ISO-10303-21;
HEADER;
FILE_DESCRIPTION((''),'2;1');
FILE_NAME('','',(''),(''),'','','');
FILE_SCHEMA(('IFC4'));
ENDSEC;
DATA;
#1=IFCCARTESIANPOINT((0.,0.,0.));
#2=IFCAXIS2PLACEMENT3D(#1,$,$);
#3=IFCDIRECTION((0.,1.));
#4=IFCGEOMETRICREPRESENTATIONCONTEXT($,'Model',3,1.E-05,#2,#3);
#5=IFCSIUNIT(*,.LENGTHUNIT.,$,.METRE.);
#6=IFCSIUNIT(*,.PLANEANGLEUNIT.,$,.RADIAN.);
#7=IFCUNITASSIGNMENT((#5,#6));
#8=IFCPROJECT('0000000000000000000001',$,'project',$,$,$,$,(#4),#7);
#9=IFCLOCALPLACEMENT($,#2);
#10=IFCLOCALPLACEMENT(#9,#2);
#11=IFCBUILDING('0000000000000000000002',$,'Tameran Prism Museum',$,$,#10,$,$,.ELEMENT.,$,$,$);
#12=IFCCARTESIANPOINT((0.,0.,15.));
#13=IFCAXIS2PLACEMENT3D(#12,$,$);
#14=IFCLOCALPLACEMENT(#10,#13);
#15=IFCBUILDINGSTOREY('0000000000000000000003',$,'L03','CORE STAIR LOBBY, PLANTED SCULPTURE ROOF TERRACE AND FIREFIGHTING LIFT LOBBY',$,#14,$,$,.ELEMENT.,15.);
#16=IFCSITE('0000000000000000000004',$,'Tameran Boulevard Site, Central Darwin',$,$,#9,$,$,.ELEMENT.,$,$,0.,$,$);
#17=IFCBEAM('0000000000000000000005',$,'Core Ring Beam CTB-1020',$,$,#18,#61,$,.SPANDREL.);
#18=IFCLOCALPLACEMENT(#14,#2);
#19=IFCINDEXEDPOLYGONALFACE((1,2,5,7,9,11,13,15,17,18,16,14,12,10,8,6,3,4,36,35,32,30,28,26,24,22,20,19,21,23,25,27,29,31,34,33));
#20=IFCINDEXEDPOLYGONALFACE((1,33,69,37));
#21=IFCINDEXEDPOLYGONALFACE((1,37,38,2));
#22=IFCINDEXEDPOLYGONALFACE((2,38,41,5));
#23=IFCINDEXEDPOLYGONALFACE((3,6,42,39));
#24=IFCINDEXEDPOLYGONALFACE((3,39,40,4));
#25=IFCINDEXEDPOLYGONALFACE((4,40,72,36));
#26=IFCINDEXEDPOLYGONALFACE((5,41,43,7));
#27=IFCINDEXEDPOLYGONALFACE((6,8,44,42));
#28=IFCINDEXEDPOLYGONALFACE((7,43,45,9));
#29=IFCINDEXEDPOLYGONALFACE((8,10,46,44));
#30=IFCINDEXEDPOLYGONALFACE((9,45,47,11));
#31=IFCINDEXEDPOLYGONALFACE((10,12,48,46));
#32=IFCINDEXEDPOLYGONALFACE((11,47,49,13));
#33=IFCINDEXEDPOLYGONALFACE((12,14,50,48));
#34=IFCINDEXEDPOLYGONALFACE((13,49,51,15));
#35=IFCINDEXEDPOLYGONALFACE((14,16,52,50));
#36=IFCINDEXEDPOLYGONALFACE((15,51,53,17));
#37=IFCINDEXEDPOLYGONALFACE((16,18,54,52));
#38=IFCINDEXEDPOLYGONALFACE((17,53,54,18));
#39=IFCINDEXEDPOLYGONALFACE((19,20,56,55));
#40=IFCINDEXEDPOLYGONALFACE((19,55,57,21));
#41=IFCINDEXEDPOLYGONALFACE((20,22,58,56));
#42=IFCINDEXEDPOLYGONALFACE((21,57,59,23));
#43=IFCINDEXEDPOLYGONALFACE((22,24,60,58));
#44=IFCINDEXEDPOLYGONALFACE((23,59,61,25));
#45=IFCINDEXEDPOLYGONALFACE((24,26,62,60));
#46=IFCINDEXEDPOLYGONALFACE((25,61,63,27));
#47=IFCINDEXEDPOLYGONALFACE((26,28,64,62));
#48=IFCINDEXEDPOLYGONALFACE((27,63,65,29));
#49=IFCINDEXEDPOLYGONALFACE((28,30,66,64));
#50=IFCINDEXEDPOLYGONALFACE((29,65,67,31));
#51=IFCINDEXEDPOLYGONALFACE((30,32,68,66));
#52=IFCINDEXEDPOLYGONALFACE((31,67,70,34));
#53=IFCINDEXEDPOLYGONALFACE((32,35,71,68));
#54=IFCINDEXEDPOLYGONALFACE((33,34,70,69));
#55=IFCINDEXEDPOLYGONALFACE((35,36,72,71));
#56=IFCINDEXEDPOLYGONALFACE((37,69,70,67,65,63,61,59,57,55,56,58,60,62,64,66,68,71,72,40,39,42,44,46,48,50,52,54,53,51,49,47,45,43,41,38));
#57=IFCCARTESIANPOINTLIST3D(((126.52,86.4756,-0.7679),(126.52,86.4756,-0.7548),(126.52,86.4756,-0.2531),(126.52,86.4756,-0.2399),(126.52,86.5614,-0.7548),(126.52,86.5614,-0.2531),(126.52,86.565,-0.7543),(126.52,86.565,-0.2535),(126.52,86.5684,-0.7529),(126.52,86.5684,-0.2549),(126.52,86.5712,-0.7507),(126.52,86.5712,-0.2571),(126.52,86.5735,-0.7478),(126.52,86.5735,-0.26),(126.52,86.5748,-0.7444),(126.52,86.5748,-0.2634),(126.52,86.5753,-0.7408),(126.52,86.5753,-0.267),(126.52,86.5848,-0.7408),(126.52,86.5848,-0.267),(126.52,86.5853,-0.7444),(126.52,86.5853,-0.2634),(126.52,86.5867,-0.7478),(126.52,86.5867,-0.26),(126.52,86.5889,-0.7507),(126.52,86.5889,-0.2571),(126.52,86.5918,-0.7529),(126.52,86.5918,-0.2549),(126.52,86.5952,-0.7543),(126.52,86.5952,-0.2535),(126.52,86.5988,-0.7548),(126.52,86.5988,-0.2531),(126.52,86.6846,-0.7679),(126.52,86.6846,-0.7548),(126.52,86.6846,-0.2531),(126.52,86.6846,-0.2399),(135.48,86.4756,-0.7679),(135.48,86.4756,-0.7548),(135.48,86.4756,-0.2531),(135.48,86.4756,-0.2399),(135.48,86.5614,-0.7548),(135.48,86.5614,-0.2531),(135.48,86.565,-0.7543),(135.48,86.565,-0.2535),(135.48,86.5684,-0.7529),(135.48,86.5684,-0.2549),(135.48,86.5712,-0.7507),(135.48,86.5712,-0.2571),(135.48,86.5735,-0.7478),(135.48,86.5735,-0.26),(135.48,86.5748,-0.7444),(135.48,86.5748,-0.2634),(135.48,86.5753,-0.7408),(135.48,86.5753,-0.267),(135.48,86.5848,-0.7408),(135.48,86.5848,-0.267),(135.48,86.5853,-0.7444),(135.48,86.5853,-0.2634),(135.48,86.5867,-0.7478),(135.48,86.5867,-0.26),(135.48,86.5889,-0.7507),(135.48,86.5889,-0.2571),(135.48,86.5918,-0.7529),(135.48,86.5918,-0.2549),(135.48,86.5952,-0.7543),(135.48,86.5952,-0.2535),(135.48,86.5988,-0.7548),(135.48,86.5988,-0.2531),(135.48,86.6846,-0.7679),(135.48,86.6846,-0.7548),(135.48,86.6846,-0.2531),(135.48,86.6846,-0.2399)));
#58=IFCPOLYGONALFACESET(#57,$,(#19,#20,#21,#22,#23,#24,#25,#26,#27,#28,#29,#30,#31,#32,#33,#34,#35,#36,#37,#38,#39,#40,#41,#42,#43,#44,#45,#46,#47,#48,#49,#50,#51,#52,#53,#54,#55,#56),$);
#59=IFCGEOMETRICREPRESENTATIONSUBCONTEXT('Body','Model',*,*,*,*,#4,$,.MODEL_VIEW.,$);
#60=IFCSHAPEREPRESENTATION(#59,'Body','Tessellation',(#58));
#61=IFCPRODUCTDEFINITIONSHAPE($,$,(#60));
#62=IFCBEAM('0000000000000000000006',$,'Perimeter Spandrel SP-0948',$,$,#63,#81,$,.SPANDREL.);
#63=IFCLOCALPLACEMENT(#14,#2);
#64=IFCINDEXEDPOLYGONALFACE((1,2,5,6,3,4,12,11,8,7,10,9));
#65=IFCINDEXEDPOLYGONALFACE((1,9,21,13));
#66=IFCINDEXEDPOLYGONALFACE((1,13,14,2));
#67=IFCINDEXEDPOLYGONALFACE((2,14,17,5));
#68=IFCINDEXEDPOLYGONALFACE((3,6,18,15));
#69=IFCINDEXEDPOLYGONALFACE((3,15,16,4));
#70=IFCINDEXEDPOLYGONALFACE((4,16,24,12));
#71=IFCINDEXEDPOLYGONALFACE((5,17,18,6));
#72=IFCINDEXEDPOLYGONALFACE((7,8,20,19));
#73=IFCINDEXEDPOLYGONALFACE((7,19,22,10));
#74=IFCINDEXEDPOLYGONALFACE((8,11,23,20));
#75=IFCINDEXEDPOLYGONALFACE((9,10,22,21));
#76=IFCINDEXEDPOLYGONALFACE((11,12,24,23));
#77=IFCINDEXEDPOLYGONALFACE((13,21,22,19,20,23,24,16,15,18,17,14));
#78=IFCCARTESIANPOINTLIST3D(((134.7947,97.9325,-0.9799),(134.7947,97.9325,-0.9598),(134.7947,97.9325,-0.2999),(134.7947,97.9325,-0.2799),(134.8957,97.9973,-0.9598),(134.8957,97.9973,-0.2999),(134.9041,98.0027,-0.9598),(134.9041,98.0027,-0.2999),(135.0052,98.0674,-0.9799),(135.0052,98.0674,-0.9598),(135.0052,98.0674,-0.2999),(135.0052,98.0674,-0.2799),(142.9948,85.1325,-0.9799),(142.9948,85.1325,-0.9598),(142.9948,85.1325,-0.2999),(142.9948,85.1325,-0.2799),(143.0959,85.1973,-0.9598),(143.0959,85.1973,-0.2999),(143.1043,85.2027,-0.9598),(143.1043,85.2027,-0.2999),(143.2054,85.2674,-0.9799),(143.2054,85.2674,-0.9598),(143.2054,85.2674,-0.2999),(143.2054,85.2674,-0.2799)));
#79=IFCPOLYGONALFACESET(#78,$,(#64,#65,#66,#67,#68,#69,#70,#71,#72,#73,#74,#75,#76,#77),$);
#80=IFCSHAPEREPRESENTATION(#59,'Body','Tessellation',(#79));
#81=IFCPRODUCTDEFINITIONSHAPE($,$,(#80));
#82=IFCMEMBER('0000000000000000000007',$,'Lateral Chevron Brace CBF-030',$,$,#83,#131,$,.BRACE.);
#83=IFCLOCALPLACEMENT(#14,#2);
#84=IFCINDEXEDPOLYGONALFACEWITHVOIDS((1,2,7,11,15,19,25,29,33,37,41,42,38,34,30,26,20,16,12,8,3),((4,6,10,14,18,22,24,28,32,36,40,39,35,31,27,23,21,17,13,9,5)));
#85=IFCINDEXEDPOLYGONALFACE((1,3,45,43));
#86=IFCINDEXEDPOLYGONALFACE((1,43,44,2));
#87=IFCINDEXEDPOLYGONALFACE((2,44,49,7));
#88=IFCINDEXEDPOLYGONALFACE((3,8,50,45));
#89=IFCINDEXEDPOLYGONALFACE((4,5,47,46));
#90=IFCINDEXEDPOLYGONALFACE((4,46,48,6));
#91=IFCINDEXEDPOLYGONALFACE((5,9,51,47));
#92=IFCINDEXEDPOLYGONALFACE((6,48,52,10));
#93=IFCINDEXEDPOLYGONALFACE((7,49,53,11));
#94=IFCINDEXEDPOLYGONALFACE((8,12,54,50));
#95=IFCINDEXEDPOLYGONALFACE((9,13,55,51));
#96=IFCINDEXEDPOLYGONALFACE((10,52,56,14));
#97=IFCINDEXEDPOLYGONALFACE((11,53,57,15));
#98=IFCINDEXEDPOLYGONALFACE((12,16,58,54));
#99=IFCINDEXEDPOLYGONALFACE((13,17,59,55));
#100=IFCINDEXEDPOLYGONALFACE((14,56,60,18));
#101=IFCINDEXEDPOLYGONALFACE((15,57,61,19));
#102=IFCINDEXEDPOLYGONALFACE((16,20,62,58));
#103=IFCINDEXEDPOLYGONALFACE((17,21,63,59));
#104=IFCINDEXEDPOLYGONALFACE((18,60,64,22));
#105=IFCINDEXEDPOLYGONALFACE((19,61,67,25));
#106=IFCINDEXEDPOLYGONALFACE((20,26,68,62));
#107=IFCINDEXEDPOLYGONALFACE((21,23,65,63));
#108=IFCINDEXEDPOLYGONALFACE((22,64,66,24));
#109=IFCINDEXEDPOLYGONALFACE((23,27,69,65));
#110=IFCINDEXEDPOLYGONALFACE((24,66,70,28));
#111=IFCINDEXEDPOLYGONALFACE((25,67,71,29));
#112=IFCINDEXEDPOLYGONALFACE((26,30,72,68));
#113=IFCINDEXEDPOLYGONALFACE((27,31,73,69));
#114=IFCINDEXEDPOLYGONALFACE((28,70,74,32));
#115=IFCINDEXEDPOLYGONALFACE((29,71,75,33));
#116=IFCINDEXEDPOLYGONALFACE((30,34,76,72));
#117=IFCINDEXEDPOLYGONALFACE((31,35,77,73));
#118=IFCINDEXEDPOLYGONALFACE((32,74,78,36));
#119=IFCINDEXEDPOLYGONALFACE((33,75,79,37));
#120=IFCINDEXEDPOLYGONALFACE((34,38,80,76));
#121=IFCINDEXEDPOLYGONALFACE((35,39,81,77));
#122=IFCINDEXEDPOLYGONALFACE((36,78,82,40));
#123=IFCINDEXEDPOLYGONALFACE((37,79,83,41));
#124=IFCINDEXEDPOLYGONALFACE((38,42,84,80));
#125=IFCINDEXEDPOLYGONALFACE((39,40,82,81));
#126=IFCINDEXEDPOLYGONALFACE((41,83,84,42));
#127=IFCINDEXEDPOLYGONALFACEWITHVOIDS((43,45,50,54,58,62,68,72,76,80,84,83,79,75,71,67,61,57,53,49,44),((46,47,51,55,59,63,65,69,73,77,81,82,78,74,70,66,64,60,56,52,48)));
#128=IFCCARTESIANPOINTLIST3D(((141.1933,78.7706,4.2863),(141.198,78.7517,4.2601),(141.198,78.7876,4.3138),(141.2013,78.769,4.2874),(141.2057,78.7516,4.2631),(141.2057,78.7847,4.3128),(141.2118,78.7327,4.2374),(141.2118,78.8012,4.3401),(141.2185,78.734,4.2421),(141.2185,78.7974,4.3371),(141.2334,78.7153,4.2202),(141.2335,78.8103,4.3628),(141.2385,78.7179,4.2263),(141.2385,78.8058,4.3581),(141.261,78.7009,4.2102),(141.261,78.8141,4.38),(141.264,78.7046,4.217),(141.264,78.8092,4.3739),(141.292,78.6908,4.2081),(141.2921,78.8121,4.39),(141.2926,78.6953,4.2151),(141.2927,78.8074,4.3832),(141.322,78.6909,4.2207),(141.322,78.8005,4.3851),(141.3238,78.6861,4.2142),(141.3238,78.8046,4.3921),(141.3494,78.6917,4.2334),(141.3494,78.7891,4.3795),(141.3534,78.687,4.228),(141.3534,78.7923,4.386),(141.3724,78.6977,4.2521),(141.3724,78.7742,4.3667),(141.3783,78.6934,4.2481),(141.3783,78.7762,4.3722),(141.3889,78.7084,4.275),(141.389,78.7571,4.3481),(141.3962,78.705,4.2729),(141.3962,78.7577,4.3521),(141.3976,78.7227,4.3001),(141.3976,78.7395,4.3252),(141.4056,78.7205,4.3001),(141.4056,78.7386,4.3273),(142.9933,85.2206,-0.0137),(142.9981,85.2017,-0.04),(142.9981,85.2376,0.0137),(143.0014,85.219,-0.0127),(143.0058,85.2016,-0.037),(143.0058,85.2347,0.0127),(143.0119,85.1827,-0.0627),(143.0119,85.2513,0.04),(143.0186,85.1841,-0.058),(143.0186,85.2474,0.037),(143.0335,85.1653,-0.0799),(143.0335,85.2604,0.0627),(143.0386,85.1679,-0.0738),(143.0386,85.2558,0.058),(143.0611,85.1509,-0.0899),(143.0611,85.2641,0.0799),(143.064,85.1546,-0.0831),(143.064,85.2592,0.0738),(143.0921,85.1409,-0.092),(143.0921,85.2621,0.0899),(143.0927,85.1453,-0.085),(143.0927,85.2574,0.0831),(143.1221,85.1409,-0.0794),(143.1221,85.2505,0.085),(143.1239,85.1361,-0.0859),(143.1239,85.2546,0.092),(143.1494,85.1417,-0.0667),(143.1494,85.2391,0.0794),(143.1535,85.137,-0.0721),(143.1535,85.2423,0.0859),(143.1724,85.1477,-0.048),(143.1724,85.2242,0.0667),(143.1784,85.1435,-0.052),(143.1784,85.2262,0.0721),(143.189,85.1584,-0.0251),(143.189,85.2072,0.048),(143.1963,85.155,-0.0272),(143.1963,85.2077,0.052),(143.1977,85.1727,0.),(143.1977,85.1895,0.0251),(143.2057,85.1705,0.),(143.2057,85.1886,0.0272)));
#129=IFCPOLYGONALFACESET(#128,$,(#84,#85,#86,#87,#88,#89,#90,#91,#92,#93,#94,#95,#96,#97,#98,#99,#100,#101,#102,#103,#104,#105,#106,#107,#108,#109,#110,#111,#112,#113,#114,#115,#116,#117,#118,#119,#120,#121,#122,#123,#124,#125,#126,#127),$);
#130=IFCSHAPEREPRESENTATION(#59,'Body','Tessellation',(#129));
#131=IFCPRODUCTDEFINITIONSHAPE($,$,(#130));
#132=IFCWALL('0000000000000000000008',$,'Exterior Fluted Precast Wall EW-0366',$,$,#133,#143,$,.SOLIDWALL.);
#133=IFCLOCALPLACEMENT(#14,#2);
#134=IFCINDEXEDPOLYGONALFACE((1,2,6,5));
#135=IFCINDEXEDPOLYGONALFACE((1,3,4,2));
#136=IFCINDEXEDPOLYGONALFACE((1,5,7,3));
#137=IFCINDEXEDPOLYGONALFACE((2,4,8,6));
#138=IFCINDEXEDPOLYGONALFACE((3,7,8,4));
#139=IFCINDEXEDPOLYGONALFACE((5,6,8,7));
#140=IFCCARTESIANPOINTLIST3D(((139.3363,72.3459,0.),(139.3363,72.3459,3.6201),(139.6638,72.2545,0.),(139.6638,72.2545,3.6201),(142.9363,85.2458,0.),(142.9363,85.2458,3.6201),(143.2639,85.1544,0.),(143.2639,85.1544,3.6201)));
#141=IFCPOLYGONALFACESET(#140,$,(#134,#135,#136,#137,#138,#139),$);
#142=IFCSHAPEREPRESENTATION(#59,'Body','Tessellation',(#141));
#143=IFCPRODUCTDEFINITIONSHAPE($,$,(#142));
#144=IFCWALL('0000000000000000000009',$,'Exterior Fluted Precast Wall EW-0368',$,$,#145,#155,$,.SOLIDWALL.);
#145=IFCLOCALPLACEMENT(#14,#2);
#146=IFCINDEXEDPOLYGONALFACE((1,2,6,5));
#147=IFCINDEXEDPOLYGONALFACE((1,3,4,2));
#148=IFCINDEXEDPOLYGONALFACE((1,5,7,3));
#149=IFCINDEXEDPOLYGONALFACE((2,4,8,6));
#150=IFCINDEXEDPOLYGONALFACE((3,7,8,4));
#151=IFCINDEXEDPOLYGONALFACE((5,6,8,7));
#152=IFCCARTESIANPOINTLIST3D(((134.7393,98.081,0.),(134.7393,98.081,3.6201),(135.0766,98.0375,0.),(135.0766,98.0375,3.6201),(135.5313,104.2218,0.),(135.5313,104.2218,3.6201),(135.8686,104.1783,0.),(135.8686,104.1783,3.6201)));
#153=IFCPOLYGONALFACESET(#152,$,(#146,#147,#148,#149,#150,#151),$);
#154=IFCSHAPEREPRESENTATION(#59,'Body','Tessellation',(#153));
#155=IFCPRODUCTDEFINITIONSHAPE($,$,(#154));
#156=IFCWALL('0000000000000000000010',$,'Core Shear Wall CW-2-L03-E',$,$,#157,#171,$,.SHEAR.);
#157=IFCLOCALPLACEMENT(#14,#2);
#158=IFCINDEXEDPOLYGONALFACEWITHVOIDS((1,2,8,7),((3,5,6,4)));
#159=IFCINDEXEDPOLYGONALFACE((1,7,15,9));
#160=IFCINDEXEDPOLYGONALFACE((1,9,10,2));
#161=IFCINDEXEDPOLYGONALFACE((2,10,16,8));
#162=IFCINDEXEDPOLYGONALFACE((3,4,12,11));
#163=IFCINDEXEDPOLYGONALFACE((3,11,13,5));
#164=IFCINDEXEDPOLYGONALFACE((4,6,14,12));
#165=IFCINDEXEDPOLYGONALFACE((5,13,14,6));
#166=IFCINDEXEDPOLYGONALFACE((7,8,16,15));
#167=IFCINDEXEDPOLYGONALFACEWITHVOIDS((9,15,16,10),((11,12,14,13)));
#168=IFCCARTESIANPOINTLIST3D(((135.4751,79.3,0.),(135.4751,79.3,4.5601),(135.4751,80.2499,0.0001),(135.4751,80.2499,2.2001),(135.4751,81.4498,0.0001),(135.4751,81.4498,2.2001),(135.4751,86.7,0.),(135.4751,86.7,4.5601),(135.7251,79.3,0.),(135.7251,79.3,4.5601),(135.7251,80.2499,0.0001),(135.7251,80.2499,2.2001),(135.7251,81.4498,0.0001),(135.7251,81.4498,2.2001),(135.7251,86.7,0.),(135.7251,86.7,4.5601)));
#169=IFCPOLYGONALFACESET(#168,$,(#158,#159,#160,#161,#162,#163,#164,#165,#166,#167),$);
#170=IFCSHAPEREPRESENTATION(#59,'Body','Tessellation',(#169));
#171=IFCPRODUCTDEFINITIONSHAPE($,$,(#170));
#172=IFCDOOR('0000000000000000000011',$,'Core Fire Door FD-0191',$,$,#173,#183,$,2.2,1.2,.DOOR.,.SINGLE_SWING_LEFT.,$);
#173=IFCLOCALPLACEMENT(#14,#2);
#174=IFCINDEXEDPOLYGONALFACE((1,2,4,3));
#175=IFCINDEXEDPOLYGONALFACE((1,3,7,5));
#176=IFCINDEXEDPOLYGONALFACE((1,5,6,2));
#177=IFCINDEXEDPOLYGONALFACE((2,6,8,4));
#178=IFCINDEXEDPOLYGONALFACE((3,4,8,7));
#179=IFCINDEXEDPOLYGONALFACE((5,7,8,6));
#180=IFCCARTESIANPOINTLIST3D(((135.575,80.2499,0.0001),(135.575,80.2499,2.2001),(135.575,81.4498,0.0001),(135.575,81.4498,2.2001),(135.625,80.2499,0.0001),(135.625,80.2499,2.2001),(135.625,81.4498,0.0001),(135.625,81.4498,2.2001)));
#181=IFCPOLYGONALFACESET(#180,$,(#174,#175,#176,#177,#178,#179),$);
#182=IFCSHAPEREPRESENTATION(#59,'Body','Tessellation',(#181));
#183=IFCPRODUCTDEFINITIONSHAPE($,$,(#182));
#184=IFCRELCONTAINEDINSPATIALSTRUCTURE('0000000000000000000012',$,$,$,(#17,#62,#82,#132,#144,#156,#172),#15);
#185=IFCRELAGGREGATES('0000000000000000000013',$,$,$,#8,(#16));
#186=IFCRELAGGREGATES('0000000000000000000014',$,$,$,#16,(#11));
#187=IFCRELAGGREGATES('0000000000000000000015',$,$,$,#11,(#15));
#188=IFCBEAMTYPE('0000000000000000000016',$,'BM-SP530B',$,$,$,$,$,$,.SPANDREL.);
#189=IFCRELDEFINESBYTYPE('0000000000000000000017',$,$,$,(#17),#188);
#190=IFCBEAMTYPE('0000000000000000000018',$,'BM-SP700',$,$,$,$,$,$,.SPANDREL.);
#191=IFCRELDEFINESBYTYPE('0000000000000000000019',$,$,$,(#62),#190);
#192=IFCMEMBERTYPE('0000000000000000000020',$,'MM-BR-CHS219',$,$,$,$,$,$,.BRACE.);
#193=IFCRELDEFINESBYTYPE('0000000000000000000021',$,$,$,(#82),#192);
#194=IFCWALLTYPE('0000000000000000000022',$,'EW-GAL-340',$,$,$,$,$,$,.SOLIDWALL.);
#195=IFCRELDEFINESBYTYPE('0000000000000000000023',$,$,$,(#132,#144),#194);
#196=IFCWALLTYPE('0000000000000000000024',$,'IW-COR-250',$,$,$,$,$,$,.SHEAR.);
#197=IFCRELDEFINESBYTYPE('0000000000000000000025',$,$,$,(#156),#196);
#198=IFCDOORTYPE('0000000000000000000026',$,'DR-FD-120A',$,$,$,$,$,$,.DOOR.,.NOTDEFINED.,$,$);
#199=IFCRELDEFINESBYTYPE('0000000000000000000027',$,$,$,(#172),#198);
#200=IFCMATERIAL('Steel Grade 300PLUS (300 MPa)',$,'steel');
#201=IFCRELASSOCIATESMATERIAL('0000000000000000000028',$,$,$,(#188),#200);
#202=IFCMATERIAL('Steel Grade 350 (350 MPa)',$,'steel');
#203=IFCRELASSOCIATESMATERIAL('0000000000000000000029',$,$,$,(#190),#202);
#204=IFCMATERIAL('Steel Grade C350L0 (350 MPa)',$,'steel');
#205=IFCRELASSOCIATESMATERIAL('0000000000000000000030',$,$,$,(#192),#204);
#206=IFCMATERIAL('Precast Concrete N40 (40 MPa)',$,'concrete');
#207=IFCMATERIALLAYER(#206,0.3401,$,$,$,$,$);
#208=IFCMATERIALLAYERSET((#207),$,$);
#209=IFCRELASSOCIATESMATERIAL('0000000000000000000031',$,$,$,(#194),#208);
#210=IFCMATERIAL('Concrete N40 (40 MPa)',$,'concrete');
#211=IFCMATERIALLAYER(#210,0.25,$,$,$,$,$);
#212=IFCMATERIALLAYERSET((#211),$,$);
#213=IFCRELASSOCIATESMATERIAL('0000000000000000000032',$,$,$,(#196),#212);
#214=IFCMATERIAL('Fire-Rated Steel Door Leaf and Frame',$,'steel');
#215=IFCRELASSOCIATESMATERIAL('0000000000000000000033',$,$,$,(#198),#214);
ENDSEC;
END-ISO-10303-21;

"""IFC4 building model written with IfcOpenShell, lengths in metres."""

from ifc_helpers import new_model, si_unit, direction, frame, frame_2d, origin, origin_2d, place, context, subcontext, project, spatial, rectangle, hollow_circle, i_section, extrude, material, layer, layer_set, material_profile, profile_set, type_object, element, fill, save


model = new_model("IFC4")

# Units and contexts
model_context = context("Model", 3, precision=1e-05, world=origin(), true_north=direction((0.0, 1.0)))
body_context = subcontext(model_context, "Body", "Model", "MODEL_VIEW")
ifc_project = project(units=[si_unit("LENGTHUNIT", "METRE"), si_unit("PLANEANGLEUNIT", "RADIAN")], contexts=[model_context])

# Site, building, storey
site_placement = place(None, origin())
site = spatial("IfcSite", under=ifc_project, at=site_placement, Name="Tameran Boulevard Site, Central Darwin", CompositionType="ELEMENT", RefElevation=0.0)
building_placement = place(site_placement, origin())
building = spatial("IfcBuilding", under=site, at=building_placement, Name="Tameran Prism Museum", CompositionType="ELEMENT")
storey_placement = place(building_placement, frame((0.0, 0.0, 15.0)))
storey = spatial("IfcBuildingStorey", under=building, at=storey_placement, Name="L03", Description="CORE STAIR LOBBY, PLANTED SCULPTURE ROOF TERRACE AND FIREFIGHTING LIFT LOBBY", CompositionType="ELEMENT", Elevation=15.0)

# Beams
ifc_material_1 = material(Name="Steel Grade 300PLUS (300 MPa)", Category="steel")
ifc_material_profile_1 = material_profile(ifc_material_1, i_section(OverallWidth=0.209, OverallDepth=0.5281, WebThickness=0.0095, FlangeThickness=0.0132, FilletRadius=0.0139, at=origin_2d()))
ifc_profile_set_1 = profile_set([ifc_material_profile_1])
beam_type_1 = type_object("IfcBeamType", Name="BM-SP530B", PredefinedType="SPANDREL", material=ifc_profile_set_1)
beam_1_placement = place(storey_placement, frame((135.48, 86.5801, -0.5039), z_axis=(-1.0, 0.0, 0.0), x_axis=(0.0, -1.0, 0.0)))
element("IfcBeam", 1, at=beam_1_placement, inside=storey, type_object=beam_type_1, Name="Core Ring Beam CTB-1020", PredefinedType="SPANDREL", context=body_context, shape_type="SweptSolid", body=[
    extrude(i_section(OverallWidth=0.209, OverallDepth=0.5281, WebThickness=0.0095, FlangeThickness=0.0132, FilletRadius=0.0139, at=origin_2d()), origin(), (0.0, 0.0, 1.0), 8.96),
])
ifc_material_2 = material(Name="Steel Grade 350 (350 MPa)", Category="steel")
ifc_material_profile_2 = material_profile(ifc_material_2, i_section(OverallWidth=0.25, OverallDepth=0.7, WebThickness=0.01, FlangeThickness=0.02, at=origin_2d()))
ifc_profile_set_2 = profile_set([ifc_material_profile_2])
beam_type_2 = type_object("IfcBeamType", Name="BM-SP700", PredefinedType="SPANDREL", material=ifc_profile_set_2)
beam_2_placement = place(storey_placement, frame((143.1001, 85.2, -0.6299), z_axis=(-0.539435, 0.842027, 0.0), x_axis=(-0.842027, -0.539435, 0.0)))
element("IfcBeam", 2, at=beam_2_placement, inside=storey, type_object=beam_type_2, Name="Perimeter Spandrel SP-0948", PredefinedType="SPANDREL", context=body_context, shape_type="SweptSolid", body=[
    extrude(i_section(OverallWidth=0.25, OverallDepth=0.7, WebThickness=0.01, FlangeThickness=0.02, at=origin_2d()), origin(), (0.0, 0.0, 1.0), 15.2014),
])

# Member
ifc_material_3 = material(Name="Steel Grade C350L0 (350 MPa)", Category="steel")
ifc_material_profile_3 = material_profile(ifc_material_3, hollow_circle(Radius=0.1096, WallThickness=0.0083, at=origin_2d()))
ifc_profile_set_3 = profile_set([ifc_material_profile_3])
member_type = type_object("IfcMemberType", Name="MM-BR-CHS219", PredefinedType="BRACE", material=ifc_profile_set_3)
member_placement = place(storey_placement, frame((143.1001, 85.2, 0.0), z_axis=(-0.226189, -0.810482, 0.540331), x_axis=(0.963194, -0.268808, 0.0)))
element("IfcMember", 3, at=member_placement, inside=storey, type_object=member_type, Name="Lateral Chevron Brace CBF-030", PredefinedType="BRACE", context=body_context, shape_type="SweptSolid", body=[
    extrude(hollow_circle(Radius=0.1096, WallThickness=0.0083, at=origin_2d()), origin(), (0.0, 0.0, 1.0), 7.9583),
])

# Walls
ifc_material_4 = material(Name="Precast Concrete N40 (40 MPa)", Category="concrete")
ifc_layer_1 = layer(ifc_material_4, 0.3401)
ifc_layer_set_1 = layer_set([ifc_layer_1])
wall_type_1 = type_object("IfcWallType", Name="EW-GAL-340", PredefinedType="SOLIDWALL", material=ifc_layer_set_1)
wall_1_placement = place(storey_placement, frame((143.1001, 85.2, 0.0), z_axis=(0.0, 0.0, 1.0), x_axis=(-0.268808, -0.963194, 0.0)))
element("IfcWall", 4, at=wall_1_placement, inside=storey, type_object=wall_type_1, Name="Exterior Fluted Precast Wall EW-0366", PredefinedType="SOLIDWALL", context=body_context, shape_type="SweptSolid", body=[
    extrude(rectangle(XDim=13.3928, YDim=0.3401, at=frame_2d((6.6963, 0.0))), origin(), (0.0, 0.0, 1.0), 3.6201),
])
wall_2_placement = place(storey_placement, frame((135.7, 104.2, 0.0), z_axis=(0.0, 0.0, 1.0), x_axis=(-0.127911, -0.991786, 0.0)))
element("IfcWall", 5, at=wall_2_placement, inside=storey, type_object=wall_type_1, Name="Exterior Fluted Precast Wall EW-0368", PredefinedType="SOLIDWALL", context=body_context, shape_type="SweptSolid", body=[
    extrude(rectangle(XDim=6.1917, YDim=0.3401, at=frame_2d((3.0957, 0.0))), origin(), (0.0, 0.0, 1.0), 3.6201),
])

# Wall, opening, door
ifc_material_5 = material(Name="Concrete N40 (40 MPa)", Category="concrete")
ifc_layer_2 = layer(ifc_material_5, 0.25)
ifc_layer_set_2 = layer_set([ifc_layer_2])
wall_type_2 = type_object("IfcWallType", Name="IW-COR-250", PredefinedType="SHEAR", material=ifc_layer_set_2)
wall_3_placement = place(storey_placement, frame((135.6001, 86.7, 0.0), z_axis=(0.0, 0.0, 1.0), x_axis=(0.0, -1.0, 0.0)))
wall_3 = element("IfcWall", 6, at=wall_3_placement, inside=storey, type_object=wall_type_2, Name="Core Shear Wall CW-2-L03-E", PredefinedType="SHEAR", context=body_context, shape_type="SweptSolid", body=[
    extrude(rectangle(XDim=7.3999, YDim=0.25, at=frame_2d((3.7, 0.0))), origin(), (0.0, 0.0, 1.0), 4.5601),
])
opening_1_placement = place(wall_3_placement, frame((5.25, 0.0, 0.0)))
opening_1 = element("IfcOpeningElement", 7, at=opening_1_placement, cuts=wall_3, PredefinedType="OPENING", context=body_context, shape_type="SweptSolid", body=[
    extrude(rectangle(XDim=1.2, YDim=2.2, at=frame_2d((0.6001, 1.1001))), frame((0.0, 0.135, 0.0), z_axis=(0.0, -1.0, 0.0), x_axis=(1.0, 0.0, 0.0)), (0.0, 0.0, 1.0), 0.27),
])
ifc_material_6 = material(Name="Fire-Rated Steel Door Leaf and Frame", Category="steel")
door_type_1 = type_object("IfcDoorType", Name="DR-FD-120A", OperationType="NOTDEFINED", PredefinedType="DOOR", material=ifc_material_6)
door_1_placement = place(opening_1_placement, origin())
door_1 = element("IfcDoor", 8, at=door_1_placement, inside=storey, type_object=door_type_1, Name="Core Fire Door FD-0191", OperationType="SINGLE_SWING_LEFT", OverallHeight=2.2, OverallWidth=1.2, PredefinedType="DOOR", context=body_context, shape_type="SweptSolid", body=[
    extrude(rectangle(XDim=1.2, YDim=2.2, at=frame_2d((0.6001, 1.1001))), frame((0.0, 0.0249, 0.0), z_axis=(0.0, -1.0, 0.0), x_axis=(1.0, 0.0, 0.0)), (0.0, 0.0, 1.0), 0.05),
])
fill(opening_1, door_1)

save(model, "model.ifc")
